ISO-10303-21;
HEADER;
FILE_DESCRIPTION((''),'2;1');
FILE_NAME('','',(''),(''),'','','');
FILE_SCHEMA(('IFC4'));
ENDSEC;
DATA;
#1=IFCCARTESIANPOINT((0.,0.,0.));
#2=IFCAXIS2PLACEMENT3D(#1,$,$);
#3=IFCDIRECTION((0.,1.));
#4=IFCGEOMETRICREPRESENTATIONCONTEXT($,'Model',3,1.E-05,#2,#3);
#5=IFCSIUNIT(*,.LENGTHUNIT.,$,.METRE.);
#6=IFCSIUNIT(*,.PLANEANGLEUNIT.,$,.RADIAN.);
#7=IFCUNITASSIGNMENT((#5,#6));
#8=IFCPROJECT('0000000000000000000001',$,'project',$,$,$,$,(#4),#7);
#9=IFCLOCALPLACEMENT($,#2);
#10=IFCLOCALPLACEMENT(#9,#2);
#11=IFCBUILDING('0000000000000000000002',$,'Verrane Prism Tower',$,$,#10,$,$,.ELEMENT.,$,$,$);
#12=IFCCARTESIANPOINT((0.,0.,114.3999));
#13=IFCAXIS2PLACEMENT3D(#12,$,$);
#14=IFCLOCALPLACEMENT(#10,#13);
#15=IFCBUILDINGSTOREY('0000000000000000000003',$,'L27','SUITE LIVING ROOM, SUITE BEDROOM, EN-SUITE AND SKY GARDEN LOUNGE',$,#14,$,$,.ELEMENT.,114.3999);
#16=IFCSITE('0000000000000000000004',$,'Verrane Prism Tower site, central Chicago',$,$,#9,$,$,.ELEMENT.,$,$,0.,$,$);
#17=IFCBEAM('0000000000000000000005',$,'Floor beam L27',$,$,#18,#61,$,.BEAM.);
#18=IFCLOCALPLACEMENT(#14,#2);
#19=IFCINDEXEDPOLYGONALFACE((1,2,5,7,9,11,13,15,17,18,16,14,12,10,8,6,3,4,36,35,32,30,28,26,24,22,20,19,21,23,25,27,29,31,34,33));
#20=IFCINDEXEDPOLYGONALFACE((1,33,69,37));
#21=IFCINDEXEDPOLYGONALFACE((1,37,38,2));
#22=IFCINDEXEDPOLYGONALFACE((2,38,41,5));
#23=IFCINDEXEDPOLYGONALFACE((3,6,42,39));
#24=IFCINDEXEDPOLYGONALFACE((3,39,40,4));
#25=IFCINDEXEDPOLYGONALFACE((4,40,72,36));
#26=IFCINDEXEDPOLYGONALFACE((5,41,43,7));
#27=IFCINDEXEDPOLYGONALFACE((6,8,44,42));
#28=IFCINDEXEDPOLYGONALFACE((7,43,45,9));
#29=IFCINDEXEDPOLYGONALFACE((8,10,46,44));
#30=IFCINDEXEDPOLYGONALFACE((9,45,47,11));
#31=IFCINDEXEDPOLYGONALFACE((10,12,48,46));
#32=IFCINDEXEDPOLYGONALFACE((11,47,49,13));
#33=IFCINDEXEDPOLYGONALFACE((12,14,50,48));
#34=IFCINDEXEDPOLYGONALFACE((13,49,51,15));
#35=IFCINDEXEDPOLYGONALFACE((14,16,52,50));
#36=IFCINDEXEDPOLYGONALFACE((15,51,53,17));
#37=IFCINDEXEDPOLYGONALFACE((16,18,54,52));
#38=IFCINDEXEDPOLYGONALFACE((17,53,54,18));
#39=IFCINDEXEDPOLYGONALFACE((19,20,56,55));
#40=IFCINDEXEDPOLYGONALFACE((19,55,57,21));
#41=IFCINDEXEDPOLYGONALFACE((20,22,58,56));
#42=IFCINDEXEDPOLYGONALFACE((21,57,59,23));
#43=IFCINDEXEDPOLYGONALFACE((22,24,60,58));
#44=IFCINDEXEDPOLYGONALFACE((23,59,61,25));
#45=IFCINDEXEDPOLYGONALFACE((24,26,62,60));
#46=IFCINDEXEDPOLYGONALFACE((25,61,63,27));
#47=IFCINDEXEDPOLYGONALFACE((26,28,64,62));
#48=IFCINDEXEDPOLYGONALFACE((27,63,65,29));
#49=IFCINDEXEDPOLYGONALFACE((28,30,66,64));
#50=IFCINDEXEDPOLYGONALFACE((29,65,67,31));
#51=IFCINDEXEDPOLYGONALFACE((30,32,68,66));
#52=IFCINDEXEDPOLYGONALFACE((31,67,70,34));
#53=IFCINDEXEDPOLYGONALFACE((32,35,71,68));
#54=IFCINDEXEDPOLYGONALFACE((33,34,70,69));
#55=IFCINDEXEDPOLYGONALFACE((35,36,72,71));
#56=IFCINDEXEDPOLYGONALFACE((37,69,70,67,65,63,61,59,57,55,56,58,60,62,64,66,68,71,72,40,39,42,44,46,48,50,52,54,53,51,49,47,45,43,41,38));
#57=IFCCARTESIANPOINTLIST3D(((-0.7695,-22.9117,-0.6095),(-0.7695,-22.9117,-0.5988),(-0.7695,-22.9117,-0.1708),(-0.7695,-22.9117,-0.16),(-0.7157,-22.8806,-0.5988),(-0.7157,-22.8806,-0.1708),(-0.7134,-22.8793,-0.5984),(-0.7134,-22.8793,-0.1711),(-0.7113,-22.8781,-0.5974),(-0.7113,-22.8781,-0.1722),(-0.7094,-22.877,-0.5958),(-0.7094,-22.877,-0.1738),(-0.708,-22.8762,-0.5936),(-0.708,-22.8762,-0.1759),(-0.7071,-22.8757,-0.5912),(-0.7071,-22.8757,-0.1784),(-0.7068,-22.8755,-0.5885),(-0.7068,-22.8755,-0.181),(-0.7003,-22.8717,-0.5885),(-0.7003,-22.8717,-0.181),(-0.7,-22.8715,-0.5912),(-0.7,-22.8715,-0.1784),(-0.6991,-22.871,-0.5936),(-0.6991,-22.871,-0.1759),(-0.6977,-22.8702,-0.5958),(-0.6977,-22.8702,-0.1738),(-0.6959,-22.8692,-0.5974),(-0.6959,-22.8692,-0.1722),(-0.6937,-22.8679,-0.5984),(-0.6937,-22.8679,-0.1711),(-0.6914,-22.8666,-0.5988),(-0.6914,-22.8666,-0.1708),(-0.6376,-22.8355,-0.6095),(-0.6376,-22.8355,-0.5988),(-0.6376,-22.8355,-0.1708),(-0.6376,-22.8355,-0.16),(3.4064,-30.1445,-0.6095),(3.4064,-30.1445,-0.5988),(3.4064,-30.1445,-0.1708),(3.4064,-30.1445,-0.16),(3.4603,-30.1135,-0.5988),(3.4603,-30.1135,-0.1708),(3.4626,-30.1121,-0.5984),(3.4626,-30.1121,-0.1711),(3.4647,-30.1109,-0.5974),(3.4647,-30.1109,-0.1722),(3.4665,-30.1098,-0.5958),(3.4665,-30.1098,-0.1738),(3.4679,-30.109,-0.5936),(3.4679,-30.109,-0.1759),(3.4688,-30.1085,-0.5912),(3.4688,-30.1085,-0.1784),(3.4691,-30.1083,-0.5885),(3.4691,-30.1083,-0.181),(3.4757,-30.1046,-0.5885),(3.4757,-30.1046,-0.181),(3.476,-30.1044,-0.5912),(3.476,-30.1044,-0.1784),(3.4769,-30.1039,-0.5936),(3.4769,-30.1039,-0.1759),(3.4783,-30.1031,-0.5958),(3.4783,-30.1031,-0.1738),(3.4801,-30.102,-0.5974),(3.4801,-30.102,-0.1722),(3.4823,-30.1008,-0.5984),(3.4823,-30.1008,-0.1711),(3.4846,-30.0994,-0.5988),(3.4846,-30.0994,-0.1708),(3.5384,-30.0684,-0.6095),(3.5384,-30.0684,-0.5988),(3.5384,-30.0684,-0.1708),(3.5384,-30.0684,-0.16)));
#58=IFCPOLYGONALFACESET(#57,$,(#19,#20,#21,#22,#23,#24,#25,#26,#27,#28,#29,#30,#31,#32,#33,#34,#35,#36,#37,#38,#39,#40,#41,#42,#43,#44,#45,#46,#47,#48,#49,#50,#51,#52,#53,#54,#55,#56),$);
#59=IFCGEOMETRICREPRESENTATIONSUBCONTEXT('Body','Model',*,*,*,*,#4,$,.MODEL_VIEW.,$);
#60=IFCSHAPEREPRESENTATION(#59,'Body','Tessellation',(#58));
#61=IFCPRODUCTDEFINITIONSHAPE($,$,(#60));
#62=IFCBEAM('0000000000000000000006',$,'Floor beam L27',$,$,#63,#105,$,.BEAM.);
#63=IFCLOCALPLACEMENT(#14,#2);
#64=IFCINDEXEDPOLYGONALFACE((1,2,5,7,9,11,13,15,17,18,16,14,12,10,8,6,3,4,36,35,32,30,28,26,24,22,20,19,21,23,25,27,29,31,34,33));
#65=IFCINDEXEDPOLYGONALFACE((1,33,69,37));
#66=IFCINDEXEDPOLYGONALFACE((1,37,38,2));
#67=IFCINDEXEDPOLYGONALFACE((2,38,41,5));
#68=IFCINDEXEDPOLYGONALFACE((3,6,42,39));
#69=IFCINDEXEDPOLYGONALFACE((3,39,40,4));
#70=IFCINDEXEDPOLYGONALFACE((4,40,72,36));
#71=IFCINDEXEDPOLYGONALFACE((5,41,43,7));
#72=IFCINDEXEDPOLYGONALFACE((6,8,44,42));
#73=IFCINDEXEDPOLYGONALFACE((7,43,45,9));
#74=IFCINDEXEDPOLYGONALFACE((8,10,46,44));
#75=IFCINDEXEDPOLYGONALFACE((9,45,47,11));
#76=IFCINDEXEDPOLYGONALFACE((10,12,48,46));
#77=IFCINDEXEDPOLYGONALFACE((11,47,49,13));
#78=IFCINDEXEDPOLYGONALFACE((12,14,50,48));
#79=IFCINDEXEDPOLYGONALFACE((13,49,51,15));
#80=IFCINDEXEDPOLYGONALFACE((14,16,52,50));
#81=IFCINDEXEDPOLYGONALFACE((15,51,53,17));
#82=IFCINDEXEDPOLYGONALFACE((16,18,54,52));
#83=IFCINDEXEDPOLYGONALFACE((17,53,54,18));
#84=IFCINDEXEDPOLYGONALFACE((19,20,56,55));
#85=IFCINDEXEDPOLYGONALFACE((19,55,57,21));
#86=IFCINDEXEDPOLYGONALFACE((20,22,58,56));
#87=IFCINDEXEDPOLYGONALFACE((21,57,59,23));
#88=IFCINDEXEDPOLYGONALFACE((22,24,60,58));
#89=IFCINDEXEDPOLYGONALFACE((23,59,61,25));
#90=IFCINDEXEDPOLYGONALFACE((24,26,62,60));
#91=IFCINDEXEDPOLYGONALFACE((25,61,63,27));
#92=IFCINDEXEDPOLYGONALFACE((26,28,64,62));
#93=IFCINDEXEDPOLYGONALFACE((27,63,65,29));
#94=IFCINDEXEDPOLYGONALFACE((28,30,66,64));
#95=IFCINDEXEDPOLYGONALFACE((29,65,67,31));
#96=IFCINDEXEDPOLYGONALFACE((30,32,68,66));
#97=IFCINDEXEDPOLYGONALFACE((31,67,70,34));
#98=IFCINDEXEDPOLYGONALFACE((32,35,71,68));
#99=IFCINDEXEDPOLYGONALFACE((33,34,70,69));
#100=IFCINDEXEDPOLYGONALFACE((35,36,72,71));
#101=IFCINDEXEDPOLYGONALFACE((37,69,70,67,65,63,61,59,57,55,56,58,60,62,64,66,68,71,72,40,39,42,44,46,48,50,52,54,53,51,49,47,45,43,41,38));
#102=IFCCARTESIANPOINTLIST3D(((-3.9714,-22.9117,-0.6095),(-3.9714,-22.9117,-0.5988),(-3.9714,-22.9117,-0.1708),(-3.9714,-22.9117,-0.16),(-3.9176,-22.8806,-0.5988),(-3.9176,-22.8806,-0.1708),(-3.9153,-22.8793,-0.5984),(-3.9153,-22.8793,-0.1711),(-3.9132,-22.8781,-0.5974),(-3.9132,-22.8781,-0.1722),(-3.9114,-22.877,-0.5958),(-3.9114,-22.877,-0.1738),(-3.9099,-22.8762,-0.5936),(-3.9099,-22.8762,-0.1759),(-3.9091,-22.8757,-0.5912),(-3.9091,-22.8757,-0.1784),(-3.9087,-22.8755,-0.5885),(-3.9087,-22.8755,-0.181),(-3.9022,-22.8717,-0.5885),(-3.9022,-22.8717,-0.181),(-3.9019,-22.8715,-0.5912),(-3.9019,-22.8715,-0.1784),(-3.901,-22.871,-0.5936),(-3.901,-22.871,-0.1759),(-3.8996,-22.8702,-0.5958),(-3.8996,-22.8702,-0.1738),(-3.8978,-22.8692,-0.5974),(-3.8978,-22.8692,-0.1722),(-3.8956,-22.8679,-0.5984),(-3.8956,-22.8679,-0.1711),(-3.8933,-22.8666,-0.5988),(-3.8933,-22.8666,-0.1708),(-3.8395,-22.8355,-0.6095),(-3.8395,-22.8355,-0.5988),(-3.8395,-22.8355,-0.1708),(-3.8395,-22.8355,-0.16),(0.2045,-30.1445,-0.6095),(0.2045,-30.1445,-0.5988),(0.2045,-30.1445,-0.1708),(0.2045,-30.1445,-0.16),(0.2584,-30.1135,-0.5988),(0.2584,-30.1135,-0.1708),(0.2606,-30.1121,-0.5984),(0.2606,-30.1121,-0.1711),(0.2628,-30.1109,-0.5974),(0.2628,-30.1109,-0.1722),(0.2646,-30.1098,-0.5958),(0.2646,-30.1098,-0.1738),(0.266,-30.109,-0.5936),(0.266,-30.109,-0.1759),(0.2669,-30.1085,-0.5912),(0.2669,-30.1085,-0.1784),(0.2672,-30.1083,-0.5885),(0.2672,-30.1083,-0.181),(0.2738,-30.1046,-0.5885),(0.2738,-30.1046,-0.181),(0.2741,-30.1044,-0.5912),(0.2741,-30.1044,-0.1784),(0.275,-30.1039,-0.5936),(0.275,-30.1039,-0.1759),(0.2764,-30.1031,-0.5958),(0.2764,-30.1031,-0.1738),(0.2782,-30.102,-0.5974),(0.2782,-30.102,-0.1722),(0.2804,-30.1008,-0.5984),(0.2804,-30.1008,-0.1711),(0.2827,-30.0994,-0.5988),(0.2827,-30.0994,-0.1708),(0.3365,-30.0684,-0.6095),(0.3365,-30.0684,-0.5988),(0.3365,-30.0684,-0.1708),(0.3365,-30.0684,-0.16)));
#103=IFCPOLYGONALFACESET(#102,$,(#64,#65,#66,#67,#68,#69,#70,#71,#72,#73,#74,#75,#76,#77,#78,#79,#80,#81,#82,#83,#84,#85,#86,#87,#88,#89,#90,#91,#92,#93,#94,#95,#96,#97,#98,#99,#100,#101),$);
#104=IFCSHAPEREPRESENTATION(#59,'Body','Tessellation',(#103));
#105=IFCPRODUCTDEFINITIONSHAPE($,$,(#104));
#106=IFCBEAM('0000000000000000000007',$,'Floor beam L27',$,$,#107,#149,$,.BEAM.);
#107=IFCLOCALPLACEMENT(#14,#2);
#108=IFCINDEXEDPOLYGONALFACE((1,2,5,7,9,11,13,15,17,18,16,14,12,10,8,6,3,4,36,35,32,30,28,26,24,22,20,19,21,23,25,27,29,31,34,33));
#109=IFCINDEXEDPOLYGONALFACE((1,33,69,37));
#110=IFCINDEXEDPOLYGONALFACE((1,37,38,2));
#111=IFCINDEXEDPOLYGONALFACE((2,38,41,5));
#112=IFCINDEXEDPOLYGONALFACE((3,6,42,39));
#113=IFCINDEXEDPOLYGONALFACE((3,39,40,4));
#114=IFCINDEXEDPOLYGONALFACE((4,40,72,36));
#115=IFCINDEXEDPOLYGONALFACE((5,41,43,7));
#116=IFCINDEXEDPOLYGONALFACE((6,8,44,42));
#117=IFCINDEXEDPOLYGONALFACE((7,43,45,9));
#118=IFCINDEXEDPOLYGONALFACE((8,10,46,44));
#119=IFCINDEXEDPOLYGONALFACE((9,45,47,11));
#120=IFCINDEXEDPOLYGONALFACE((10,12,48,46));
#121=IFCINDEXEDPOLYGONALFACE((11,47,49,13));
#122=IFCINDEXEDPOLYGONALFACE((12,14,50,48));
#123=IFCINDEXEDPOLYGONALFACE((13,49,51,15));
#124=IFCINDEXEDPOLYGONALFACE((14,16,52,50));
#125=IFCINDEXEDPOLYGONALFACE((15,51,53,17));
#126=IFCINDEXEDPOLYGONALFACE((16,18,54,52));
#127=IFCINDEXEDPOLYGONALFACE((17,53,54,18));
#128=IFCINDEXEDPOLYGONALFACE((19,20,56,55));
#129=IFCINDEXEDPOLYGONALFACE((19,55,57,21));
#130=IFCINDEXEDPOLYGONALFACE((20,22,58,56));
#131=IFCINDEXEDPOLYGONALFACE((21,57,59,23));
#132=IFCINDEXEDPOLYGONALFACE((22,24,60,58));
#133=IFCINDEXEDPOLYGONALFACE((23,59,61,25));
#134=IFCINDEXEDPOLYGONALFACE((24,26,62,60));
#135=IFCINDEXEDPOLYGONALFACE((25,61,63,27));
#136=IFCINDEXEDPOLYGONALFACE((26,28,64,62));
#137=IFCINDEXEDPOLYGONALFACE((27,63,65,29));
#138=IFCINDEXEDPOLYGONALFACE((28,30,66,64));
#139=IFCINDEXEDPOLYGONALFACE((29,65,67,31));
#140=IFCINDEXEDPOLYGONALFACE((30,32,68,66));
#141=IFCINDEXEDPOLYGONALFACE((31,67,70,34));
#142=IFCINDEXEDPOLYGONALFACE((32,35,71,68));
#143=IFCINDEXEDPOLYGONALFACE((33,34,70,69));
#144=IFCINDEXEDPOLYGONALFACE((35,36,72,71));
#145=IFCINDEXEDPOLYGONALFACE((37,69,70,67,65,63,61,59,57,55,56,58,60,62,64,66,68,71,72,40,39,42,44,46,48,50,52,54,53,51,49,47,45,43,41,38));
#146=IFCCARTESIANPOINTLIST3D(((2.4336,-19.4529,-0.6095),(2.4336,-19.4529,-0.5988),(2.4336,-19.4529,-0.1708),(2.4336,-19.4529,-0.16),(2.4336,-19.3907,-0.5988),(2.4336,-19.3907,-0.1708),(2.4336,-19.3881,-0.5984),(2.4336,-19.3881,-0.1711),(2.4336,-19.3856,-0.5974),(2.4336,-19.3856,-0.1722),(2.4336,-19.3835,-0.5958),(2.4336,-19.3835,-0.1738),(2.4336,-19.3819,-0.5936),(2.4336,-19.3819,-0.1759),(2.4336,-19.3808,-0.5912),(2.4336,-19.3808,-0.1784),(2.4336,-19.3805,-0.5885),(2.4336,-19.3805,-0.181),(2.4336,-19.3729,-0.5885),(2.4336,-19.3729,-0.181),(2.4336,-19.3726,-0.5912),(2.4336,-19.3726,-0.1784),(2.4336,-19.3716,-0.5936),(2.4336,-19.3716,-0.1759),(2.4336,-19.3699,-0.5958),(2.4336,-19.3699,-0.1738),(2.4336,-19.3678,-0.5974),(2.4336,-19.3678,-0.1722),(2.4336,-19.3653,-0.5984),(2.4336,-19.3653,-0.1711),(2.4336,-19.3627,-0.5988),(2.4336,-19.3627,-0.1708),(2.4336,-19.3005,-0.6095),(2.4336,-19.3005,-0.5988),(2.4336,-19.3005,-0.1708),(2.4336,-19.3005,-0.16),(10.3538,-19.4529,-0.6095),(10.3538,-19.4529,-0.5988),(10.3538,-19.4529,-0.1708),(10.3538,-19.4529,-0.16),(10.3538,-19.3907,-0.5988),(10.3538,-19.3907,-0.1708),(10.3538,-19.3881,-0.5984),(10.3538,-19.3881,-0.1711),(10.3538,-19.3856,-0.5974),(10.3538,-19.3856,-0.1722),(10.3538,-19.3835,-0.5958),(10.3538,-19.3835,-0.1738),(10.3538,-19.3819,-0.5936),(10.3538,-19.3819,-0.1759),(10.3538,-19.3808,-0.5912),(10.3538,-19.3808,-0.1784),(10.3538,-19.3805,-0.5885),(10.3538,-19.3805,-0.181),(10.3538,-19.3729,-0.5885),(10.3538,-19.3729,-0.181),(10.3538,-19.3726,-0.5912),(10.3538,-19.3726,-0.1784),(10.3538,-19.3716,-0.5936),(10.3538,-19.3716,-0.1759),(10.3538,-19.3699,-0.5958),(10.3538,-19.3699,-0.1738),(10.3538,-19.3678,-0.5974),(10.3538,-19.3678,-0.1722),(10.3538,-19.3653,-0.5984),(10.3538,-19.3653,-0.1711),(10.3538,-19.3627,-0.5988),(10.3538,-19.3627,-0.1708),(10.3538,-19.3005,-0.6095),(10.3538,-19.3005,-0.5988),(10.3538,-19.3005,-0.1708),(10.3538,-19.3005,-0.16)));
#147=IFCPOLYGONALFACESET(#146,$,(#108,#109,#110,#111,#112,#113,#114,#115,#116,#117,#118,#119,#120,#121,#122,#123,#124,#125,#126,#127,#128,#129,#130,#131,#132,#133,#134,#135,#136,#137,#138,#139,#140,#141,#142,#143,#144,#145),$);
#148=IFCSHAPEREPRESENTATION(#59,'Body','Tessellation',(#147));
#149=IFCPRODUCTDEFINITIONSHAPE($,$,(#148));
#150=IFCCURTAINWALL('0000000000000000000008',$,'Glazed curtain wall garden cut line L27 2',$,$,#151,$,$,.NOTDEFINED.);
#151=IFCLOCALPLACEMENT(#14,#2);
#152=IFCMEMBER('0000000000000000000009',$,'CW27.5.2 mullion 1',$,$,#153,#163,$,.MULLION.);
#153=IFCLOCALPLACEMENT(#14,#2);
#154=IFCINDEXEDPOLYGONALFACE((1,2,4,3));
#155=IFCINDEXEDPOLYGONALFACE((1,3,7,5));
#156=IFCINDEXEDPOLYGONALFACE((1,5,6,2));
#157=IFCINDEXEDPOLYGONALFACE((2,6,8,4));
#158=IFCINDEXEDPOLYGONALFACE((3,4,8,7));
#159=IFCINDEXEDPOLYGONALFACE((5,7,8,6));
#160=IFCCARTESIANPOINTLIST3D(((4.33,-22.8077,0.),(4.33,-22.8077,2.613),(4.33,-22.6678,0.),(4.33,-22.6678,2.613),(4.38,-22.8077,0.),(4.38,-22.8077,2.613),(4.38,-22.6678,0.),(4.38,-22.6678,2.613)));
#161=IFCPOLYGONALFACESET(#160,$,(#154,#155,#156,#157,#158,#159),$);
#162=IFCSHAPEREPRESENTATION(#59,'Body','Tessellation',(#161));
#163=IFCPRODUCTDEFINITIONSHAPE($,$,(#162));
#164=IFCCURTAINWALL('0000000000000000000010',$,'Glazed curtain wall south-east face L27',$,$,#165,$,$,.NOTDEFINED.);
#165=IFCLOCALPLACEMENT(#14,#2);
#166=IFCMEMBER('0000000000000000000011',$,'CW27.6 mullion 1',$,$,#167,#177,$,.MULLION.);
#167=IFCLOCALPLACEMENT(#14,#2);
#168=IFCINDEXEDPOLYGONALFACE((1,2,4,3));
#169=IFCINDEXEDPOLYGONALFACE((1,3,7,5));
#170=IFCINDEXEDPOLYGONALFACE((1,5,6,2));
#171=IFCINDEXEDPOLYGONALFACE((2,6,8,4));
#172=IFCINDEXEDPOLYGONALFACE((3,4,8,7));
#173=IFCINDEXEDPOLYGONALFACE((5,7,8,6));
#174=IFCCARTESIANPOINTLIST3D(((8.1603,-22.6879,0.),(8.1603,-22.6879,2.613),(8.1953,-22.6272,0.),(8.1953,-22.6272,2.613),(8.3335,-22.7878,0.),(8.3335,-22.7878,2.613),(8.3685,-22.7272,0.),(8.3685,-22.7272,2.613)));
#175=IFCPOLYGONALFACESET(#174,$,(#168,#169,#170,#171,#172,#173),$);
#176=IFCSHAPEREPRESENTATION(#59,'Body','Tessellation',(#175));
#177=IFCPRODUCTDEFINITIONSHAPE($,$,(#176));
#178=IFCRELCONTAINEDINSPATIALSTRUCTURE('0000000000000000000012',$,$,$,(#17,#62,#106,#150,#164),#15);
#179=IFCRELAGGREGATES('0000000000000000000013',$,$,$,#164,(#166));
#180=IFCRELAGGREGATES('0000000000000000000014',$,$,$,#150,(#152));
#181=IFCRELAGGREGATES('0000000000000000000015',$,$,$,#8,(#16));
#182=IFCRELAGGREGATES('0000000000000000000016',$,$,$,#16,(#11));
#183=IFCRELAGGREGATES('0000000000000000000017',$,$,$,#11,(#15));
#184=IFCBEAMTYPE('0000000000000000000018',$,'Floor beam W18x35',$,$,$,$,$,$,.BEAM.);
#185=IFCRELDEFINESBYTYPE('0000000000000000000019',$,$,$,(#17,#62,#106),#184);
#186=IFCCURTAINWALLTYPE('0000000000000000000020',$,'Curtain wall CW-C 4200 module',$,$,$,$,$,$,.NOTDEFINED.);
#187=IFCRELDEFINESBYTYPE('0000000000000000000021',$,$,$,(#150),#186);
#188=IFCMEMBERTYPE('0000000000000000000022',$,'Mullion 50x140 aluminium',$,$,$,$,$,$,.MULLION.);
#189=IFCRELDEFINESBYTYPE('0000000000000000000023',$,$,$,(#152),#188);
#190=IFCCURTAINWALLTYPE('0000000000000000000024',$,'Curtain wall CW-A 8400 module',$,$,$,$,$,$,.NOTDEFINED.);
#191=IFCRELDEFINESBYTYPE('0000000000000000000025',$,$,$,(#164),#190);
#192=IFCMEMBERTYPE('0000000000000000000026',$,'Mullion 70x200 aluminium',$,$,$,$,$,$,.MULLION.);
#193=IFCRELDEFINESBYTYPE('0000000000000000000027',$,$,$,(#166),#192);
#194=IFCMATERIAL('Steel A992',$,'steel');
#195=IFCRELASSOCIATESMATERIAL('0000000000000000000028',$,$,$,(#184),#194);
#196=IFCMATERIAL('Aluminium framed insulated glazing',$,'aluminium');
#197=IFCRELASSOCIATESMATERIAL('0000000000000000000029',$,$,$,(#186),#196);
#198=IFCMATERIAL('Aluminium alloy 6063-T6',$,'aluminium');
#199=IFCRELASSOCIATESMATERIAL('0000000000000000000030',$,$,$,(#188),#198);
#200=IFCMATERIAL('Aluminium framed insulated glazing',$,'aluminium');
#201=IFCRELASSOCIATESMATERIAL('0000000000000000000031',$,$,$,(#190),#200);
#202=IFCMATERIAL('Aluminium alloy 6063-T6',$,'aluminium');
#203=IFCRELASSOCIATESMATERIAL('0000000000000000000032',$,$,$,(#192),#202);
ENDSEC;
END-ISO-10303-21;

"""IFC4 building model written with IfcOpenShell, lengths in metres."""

from ifc_helpers import new_model, si_unit, direction, frame, origin, origin_2d, place, context, subcontext, project, spatial, rectangle, i_section, extrude, material, material_profile, profile_set, type_object, element, aggregate, save


model = new_model("IFC4")

# Units and contexts
model_context = context("Model", 3, precision=1e-05, world=origin(), true_north=direction((0.0, 1.0)))
body_context = subcontext(model_context, "Body", "Model", "MODEL_VIEW")
ifc_project = project(units=[si_unit("LENGTHUNIT", "METRE"), si_unit("PLANEANGLEUNIT", "RADIAN")], contexts=[model_context])

# Site, building, storey
site_placement = place(None, origin())
site = spatial("IfcSite", under=ifc_project, at=site_placement, Name="Verrane Prism Tower site, central Chicago", CompositionType="ELEMENT", RefElevation=0.0)
building_placement = place(site_placement, origin())
building = spatial("IfcBuilding", under=site, at=building_placement, Name="Verrane Prism Tower", CompositionType="ELEMENT")
storey_placement = place(building_placement, frame((0.0, 0.0, 114.3999)))
storey = spatial("IfcBuildingStorey", under=building, at=storey_placement, Name="L27", Description="SUITE LIVING ROOM, SUITE BEDROOM, EN-SUITE AND SKY GARDEN LOUNGE", CompositionType="ELEMENT", Elevation=114.3999)

# Beams
ifc_material_1 = material(Name="Steel A992", Category="steel")
ifc_material_profile_1 = material_profile(ifc_material_1, i_section(OverallWidth=0.1523, OverallDepth=0.4495, WebThickness=0.0076, FlangeThickness=0.0107, FilletRadius=0.0103, at=origin_2d()), Name="W18x35")
ifc_profile_set_1 = profile_set([ifc_material_profile_1], Name="Steel A992")
beam_type_1 = type_object("IfcBeamType", Name="Floor beam W18x35", PredefinedType="BEAM", material=ifc_profile_set_1)
for number, where, z_axis, x_axis, name in (
    (1, (3.4724, -30.1064, -0.3848), (-0.500009, 0.86602, 0.0), (-0.86602, -0.500009, 0.0), "Floor beam L27"),
    (2, (0.2705, -30.1064, -0.3848), (-0.500009, 0.86602, 0.0), (-0.86602, -0.500009, 0.0), "Floor beam L27"),
):
    element("IfcBeam", number, at=place(storey_placement, frame(where, z_axis=z_axis, x_axis=x_axis)), inside=storey, type_object=beam_type_1, Name=name, PredefinedType="BEAM", context=body_context, shape_type="SweptSolid", body=[
        extrude(i_section(OverallWidth=0.1523, OverallDepth=0.4495, WebThickness=0.0076, FlangeThickness=0.0107, FilletRadius=0.0103, at=origin_2d()), origin(), (0.0, 0.0, 1.0), 8.3518),
    ])
beam_1_placement = place(storey_placement, frame((2.4336, -19.3767, -0.3848), z_axis=(1.0, 0.0, 0.0), x_axis=(0.0, 1.0, 0.0)))
element("IfcBeam", 3, at=beam_1_placement, inside=storey, type_object=beam_type_1, Name="Floor beam L27", PredefinedType="BEAM", context=body_context, shape_type="SweptSolid", body=[
    extrude(i_section(OverallWidth=0.1523, OverallDepth=0.4495, WebThickness=0.0076, FlangeThickness=0.0107, FilletRadius=0.0103, at=origin_2d()), origin(), (0.0, 0.0, 1.0), 7.9202),
])

# Curtain walls, members
ifc_material_2 = material(Name="Aluminium framed insulated glazing", Category="aluminium")
curtain_wall_type_1 = type_object("IfcCurtainWallType", Name="Curtain wall CW-C 4200 module", PredefinedType="NOTDEFINED", material=ifc_material_2)
curtain_wall_1_placement = place(storey_placement, origin())
curtain_wall_1 = element("IfcCurtainWall", 4, at=curtain_wall_1_placement, inside=storey, type_object=curtain_wall_type_1, Name="Glazed curtain wall garden cut line L27 2", PredefinedType="NOTDEFINED")
ifc_material_3 = material(Name="Aluminium alloy 6063-T6", Category="aluminium")
ifc_material_profile_2 = material_profile(ifc_material_3, rectangle(XDim=0.1399, YDim=0.05, at=origin_2d()), Name="Mullion 50x140 aluminium")
ifc_profile_set_2 = profile_set([ifc_material_profile_2], Name="Aluminium alloy 6063-T6")
member_type_1 = type_object("IfcMemberType", Name="Mullion 50x140 aluminium", PredefinedType="MULLION", material=ifc_profile_set_2)
member_1_placement = place(storey_placement, frame((4.355, -22.7378, 0.0), z_axis=(0.0, 0.0, 1.0), x_axis=(0.0, 1.0, 0.0)))
member_1 = element("IfcMember", 5, at=member_1_placement, type_object=member_type_1, Name="CW27.5.2 mullion 1", PredefinedType="MULLION", context=body_context, shape_type="SweptSolid", body=[
    extrude(rectangle(XDim=0.1399, YDim=0.05, at=origin_2d()), origin(), (0.0, 0.0, 1.0), 2.613),
])
ifc_material_4 = material(Name="Aluminium framed insulated glazing", Category="aluminium")
curtain_wall_type_2 = type_object("IfcCurtainWallType", Name="Curtain wall CW-A 8400 module", PredefinedType="NOTDEFINED", material=ifc_material_4)
curtain_wall_2_placement = place(storey_placement, origin())
curtain_wall_2 = element("IfcCurtainWall", 6, at=curtain_wall_2_placement, inside=storey, type_object=curtain_wall_type_2, Name="Glazed curtain wall south-east face L27", PredefinedType="NOTDEFINED")
ifc_material_5 = material(Name="Aluminium alloy 6063-T6", Category="aluminium")
ifc_material_profile_3 = material_profile(ifc_material_5, rectangle(XDim=0.2, YDim=0.0701, at=origin_2d()), Name="Mullion 70x200 aluminium")
ifc_profile_set_3 = profile_set([ifc_material_profile_3], Name="Aluminium alloy 6063-T6")
member_type_2 = type_object("IfcMemberType", Name="Mullion 70x200 aluminium", PredefinedType="MULLION", material=ifc_profile_set_3)
member_2_placement = place(storey_placement, frame((8.2644, -22.7075, 0.0), z_axis=(0.0, 0.0, 1.0), x_axis=(-0.866026, 0.499999, 0.0)))
member_2 = element("IfcMember", 7, at=member_2_placement, type_object=member_type_2, Name="CW27.6 mullion 1", PredefinedType="MULLION", context=body_context, shape_type="SweptSolid", body=[
    extrude(rectangle(XDim=0.2, YDim=0.0701, at=origin_2d()), origin(), (0.0, 0.0, 1.0), 2.613),
])

aggregate(curtain_wall_2, [member_2])
aggregate(curtain_wall_1, [member_1])

save(model, "model.ifc")
